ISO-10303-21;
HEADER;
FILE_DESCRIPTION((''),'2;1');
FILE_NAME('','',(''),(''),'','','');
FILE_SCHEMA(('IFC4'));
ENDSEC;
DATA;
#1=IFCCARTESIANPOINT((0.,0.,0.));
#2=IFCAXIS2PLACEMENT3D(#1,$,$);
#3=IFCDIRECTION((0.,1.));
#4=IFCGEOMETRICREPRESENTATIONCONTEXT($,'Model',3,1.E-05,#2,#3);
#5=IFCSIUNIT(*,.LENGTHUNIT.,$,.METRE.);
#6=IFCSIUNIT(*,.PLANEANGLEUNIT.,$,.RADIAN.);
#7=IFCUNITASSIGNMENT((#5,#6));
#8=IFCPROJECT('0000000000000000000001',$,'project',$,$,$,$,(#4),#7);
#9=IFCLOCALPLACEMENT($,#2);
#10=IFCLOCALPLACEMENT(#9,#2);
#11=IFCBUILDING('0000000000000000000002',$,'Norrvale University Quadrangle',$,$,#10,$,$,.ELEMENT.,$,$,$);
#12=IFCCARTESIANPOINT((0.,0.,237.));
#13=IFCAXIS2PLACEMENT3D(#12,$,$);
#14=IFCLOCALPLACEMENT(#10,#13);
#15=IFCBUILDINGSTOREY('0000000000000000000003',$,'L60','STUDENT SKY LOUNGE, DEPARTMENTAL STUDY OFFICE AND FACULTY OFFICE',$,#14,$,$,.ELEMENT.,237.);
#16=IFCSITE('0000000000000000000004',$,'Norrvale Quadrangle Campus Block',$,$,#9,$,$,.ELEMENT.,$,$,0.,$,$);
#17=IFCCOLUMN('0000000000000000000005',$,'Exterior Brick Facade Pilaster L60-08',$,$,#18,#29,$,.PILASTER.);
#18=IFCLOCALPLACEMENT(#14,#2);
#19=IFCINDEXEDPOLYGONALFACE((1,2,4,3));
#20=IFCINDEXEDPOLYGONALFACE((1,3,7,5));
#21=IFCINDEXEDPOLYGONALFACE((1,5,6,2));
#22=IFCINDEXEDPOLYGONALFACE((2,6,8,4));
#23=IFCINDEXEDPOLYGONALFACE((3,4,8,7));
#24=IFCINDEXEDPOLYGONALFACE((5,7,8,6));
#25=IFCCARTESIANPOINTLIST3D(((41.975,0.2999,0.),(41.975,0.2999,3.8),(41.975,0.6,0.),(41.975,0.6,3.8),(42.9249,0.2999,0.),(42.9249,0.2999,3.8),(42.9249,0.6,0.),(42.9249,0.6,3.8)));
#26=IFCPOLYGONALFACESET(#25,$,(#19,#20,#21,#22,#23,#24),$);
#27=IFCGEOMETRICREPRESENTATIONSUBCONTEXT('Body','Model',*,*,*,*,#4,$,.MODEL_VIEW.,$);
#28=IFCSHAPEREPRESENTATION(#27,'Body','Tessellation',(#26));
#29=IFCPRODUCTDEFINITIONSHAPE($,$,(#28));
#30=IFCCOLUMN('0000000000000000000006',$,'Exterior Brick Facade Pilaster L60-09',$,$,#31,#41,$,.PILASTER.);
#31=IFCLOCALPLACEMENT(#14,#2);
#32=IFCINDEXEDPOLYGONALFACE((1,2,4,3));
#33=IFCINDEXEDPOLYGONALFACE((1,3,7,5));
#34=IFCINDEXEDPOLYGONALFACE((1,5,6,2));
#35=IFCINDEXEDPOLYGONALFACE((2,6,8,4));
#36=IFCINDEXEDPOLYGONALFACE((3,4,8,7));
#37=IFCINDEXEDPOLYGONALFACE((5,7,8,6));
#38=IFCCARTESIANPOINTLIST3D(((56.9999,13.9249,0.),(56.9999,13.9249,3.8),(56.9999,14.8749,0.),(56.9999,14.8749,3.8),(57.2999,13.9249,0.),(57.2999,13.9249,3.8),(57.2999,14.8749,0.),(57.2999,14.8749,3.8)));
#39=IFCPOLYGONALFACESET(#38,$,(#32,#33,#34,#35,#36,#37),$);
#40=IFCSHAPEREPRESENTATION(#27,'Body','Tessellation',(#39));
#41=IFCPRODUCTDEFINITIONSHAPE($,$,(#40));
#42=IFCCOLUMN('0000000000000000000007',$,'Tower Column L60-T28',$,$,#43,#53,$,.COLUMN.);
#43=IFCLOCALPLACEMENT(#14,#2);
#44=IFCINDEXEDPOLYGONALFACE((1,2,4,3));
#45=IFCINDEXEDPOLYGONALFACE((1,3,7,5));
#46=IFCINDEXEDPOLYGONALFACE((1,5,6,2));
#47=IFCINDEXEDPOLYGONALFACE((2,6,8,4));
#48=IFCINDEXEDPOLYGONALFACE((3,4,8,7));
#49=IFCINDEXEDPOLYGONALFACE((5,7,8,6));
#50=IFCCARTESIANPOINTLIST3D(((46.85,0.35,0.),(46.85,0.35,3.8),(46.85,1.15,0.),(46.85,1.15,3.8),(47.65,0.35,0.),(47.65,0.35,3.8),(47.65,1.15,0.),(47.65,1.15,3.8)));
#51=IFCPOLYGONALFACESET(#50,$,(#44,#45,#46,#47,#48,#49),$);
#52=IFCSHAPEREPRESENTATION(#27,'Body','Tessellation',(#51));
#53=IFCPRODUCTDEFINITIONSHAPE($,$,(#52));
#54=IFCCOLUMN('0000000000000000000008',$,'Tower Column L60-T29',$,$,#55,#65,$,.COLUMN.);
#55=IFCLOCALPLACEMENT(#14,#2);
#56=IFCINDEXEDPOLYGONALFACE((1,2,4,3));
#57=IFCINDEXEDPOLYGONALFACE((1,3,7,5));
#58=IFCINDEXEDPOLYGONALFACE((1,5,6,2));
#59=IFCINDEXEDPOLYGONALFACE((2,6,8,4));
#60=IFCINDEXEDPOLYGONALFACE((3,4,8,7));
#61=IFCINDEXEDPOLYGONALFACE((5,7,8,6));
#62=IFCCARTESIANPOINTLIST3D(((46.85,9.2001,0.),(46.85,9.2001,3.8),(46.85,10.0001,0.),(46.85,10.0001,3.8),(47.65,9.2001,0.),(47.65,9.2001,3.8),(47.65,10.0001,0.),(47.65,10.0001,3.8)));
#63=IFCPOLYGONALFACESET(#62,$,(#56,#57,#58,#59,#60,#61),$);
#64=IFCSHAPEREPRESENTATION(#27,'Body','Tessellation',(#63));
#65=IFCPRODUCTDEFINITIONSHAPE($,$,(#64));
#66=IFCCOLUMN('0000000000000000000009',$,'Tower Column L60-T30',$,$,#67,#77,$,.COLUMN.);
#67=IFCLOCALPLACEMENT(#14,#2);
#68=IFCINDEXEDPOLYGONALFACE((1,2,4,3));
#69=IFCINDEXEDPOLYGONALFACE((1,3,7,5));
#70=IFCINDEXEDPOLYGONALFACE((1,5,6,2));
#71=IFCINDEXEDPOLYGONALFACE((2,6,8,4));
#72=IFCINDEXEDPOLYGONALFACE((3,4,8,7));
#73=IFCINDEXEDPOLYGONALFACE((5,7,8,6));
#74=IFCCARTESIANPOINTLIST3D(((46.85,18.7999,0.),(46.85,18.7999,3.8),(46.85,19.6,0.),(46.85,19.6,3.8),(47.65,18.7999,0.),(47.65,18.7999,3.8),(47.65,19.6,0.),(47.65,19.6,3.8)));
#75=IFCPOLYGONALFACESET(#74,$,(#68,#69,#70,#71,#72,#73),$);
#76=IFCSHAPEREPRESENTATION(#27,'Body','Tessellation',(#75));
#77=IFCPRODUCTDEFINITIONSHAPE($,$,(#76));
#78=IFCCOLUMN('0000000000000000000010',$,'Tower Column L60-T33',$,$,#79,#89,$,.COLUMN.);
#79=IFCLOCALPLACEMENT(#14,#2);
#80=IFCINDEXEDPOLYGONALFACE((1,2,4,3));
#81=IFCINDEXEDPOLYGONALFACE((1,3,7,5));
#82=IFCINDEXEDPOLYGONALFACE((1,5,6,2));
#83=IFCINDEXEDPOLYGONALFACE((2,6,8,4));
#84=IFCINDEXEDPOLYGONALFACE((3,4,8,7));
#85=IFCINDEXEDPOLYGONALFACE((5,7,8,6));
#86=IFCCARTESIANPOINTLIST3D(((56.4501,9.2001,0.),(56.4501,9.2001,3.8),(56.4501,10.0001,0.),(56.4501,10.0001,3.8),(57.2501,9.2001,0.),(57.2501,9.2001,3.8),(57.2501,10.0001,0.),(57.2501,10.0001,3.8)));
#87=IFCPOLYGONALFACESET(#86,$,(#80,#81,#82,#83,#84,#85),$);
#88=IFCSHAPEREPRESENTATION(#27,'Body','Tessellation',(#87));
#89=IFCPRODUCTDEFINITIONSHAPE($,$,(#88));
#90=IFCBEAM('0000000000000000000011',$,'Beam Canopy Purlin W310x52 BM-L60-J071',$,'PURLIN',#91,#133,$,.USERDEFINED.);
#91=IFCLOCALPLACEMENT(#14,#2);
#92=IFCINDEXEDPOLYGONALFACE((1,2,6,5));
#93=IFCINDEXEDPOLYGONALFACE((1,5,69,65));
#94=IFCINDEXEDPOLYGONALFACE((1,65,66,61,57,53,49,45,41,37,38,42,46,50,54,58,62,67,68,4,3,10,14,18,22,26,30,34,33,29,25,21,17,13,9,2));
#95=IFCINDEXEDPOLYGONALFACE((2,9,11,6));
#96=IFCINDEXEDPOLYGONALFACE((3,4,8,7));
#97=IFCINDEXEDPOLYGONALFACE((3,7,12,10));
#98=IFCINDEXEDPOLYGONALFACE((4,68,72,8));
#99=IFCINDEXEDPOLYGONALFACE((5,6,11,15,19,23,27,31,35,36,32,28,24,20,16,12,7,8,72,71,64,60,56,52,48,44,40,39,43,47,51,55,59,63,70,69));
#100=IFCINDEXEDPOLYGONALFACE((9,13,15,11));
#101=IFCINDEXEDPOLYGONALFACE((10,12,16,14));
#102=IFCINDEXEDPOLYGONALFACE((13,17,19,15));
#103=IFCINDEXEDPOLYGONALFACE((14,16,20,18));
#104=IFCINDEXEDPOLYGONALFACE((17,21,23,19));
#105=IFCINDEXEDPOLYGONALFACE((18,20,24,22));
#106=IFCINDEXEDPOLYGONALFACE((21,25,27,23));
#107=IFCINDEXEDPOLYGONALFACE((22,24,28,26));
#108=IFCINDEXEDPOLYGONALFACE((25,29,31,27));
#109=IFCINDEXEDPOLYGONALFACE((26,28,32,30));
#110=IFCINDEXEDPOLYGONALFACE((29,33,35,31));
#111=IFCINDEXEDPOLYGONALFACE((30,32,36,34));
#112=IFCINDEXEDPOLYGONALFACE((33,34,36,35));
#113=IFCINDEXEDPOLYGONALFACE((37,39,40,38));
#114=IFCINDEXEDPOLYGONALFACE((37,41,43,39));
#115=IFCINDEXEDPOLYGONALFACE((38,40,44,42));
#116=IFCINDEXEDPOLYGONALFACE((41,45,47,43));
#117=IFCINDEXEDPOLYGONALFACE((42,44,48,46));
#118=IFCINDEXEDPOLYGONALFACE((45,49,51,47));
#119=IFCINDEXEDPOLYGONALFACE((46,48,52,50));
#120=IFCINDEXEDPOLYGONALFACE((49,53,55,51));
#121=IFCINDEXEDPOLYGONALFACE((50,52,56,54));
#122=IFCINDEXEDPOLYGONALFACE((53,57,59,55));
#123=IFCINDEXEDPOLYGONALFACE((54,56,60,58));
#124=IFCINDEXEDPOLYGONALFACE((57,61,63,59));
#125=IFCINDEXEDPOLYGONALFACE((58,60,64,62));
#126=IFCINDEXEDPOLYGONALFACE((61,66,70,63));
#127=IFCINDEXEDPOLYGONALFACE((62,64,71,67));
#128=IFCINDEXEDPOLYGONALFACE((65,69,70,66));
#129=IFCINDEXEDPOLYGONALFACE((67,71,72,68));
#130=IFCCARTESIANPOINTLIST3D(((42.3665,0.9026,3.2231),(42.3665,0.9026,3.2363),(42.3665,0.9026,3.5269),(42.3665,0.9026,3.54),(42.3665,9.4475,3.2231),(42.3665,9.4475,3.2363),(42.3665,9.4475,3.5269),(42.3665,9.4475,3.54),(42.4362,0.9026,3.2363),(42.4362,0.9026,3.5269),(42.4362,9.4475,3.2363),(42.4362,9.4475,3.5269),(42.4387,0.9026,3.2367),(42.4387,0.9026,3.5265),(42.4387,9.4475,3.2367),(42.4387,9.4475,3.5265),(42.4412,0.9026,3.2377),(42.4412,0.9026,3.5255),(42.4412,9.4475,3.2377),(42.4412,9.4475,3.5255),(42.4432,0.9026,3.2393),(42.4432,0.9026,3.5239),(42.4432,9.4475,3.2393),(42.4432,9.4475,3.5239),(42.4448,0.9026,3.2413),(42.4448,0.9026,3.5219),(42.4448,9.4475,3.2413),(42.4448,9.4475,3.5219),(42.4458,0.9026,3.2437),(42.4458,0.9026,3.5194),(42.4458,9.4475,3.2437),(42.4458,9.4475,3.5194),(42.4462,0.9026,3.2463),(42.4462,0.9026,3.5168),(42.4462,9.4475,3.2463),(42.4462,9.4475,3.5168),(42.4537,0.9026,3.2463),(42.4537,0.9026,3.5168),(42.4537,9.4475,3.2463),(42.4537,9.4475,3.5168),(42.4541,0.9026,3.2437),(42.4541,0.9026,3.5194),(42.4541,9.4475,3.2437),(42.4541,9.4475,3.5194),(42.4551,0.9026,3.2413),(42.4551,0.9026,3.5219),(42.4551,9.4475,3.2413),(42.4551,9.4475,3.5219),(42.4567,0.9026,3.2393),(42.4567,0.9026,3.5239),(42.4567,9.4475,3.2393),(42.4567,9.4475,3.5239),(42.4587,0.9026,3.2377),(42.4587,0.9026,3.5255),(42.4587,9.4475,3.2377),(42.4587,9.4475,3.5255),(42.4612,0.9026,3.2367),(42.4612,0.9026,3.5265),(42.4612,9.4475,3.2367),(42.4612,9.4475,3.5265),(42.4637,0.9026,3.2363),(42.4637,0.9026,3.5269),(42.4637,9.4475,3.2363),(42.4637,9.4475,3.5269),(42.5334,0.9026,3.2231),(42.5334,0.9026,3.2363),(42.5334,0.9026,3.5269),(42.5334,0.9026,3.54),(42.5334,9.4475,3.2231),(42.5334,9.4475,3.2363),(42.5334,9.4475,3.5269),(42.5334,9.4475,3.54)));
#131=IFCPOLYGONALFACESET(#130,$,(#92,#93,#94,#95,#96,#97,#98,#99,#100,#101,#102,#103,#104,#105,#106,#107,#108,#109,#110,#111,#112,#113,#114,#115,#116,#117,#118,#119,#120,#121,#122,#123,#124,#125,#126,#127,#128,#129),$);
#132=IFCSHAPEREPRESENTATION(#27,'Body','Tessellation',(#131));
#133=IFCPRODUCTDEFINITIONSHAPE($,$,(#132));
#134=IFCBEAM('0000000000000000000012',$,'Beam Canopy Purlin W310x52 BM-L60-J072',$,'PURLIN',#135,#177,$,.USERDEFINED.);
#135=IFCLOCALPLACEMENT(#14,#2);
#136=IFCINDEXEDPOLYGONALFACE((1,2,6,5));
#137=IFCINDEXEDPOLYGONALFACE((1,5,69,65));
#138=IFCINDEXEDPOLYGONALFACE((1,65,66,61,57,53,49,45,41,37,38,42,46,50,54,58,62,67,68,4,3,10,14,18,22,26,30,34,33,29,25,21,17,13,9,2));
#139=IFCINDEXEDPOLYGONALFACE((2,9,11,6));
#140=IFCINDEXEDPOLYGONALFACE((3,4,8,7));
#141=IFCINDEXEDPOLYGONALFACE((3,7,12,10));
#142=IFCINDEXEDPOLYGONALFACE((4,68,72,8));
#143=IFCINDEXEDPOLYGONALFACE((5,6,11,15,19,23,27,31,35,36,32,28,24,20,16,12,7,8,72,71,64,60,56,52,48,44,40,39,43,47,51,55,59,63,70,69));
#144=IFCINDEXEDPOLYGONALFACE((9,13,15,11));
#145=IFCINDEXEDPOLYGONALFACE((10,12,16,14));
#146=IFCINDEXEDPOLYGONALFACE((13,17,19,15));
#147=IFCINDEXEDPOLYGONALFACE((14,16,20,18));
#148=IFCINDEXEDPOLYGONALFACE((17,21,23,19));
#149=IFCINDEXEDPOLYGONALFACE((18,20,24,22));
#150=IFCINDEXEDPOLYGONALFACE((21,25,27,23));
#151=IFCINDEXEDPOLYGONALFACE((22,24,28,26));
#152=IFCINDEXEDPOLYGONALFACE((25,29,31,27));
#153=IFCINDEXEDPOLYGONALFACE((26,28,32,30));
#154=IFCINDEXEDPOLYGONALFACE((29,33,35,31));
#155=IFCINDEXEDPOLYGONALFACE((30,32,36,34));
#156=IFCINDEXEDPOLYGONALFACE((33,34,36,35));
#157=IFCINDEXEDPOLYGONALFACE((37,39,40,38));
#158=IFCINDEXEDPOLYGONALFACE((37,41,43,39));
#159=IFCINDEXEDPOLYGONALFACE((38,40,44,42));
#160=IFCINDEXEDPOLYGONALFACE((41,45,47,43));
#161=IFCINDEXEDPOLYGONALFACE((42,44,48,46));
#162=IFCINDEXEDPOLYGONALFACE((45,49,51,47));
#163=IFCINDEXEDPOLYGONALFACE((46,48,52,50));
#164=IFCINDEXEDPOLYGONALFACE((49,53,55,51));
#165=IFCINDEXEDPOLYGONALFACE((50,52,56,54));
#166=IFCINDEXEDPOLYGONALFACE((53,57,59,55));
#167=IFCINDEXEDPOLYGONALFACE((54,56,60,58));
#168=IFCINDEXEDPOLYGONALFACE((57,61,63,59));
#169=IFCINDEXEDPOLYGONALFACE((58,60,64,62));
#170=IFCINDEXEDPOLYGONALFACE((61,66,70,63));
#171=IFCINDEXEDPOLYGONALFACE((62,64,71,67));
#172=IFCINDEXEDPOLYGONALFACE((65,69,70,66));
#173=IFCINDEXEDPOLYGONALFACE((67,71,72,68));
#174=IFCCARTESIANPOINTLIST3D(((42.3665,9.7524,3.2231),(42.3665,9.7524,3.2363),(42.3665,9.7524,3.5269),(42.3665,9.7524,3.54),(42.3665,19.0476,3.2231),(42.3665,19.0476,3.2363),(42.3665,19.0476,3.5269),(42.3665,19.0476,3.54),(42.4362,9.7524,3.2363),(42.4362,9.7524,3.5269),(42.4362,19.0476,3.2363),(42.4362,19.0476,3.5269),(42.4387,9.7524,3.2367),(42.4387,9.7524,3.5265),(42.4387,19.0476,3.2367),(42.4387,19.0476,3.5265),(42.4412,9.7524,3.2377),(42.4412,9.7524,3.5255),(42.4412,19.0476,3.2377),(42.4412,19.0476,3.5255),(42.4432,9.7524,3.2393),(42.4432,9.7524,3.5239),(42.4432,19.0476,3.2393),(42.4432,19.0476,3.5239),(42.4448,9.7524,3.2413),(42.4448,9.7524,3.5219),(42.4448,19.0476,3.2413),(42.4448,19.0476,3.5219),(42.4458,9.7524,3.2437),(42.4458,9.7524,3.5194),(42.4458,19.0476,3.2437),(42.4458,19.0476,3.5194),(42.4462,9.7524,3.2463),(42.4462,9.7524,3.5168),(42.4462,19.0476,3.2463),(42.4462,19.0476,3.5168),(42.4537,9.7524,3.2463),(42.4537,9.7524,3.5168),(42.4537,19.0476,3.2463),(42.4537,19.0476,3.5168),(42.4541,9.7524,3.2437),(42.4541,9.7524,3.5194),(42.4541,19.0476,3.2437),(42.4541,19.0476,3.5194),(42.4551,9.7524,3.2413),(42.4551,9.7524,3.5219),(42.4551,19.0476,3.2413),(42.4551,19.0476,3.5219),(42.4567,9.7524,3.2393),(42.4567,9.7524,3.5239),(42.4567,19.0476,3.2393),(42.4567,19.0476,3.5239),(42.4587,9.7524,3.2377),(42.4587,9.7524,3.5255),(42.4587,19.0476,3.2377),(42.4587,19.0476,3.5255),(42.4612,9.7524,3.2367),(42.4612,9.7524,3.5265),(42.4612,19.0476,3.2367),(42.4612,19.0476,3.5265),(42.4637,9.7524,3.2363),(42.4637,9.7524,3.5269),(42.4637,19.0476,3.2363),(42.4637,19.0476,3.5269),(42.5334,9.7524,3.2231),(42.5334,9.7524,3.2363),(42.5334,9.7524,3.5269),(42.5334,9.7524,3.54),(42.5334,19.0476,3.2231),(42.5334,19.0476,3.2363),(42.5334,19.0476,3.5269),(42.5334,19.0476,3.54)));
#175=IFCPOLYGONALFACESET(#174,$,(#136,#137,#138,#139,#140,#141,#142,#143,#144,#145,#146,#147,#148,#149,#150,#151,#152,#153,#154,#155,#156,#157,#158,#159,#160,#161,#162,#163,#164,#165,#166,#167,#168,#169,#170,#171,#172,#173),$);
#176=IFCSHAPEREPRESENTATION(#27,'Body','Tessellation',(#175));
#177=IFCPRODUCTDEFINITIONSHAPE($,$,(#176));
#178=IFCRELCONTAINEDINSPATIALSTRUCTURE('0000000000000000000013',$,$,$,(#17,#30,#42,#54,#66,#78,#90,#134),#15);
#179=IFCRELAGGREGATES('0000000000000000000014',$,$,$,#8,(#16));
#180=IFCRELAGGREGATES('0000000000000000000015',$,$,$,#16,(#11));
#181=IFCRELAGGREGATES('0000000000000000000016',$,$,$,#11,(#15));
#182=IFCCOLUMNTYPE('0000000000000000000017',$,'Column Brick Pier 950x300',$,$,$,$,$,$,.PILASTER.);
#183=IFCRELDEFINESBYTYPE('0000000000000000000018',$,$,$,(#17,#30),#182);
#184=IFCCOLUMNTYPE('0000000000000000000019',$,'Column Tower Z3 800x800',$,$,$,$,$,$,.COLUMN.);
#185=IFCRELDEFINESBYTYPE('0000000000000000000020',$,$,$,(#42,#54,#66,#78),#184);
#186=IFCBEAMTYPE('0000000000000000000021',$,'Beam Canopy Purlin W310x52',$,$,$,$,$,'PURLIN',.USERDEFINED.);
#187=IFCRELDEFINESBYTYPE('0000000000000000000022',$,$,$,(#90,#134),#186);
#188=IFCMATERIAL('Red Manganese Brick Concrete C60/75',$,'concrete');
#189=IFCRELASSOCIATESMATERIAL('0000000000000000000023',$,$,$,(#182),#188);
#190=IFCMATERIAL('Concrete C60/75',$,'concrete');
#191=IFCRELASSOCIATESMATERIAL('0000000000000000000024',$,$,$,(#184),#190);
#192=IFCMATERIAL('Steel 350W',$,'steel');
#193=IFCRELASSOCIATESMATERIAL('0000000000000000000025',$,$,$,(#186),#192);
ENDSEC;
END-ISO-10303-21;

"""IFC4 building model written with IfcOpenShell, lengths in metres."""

from ifc_helpers import new_model, si_unit, direction, frame, origin, origin_2d, place, context, subcontext, project, spatial, rectangle, i_section, extrude, material, material_profile, profile_set, type_object, element, save


model = new_model("IFC4")

# Units and contexts
model_context = context("Model", 3, precision=1e-05, world=origin(), true_north=direction((0.0, 1.0)))
body_context = subcontext(model_context, "Body", "Model", "MODEL_VIEW")
ifc_project = project(units=[si_unit("LENGTHUNIT", "METRE"), si_unit("PLANEANGLEUNIT", "RADIAN")], contexts=[model_context])

# Site, building, storey
site_placement = place(None, origin())
site = spatial("IfcSite", under=ifc_project, at=site_placement, Name="Norrvale Quadrangle Campus Block", CompositionType="ELEMENT", RefElevation=0.0)
building_placement = place(site_placement, origin())
building = spatial("IfcBuilding", under=site, at=building_placement, Name="Norrvale University Quadrangle", CompositionType="ELEMENT")
storey_placement = place(building_placement, frame((0.0, 0.0, 237.0)))
storey = spatial("IfcBuildingStorey", under=building, at=storey_placement, Name="L60", Description="STUDENT SKY LOUNGE, DEPARTMENTAL STUDY OFFICE AND FACULTY OFFICE", CompositionType="ELEMENT", Elevation=237.0)

# Columns
ifc_material_1 = material(Name="Red Manganese Brick Concrete C60/75", Category="concrete")
ifc_material_profile_1 = material_profile(ifc_material_1, rectangle(XDim=0.95, YDim=0.3, at=origin_2d()), Name="Red Manganese Brick Concrete C60/75")
ifc_profile_set_1 = profile_set([ifc_material_profile_1], Name="Red Manganese Brick Concrete C60/75")
column_type_1 = type_object("IfcColumnType", Name="Column Brick Pier 950x300", PredefinedType="PILASTER", material=ifc_profile_set_1)
for number, where, z_axis, x_axis, name in (
    (1, (42.45, 0.45, 0.0), (0.0, 0.0, 1.0), (1.0, 0.0, 0.0), "Exterior Brick Facade Pilaster L60-08"),
    (2, (57.1499, 14.3999, 0.0), (0.0, 0.0, 1.0), (0.0, 1.0, 0.0), "Exterior Brick Facade Pilaster L60-09"),
):
    element("IfcColumn", number, at=place(storey_placement, frame(where, z_axis=z_axis, x_axis=x_axis)), inside=storey, type_object=column_type_1, Name=name, PredefinedType="PILASTER", context=body_context, shape_type="SweptSolid", body=[
        extrude(rectangle(XDim=0.95, YDim=0.3, at=origin_2d()), origin(), (0.0, 0.0, 1.0), 3.8),
    ])
ifc_material_2 = material(Name="Concrete C60/75", Category="concrete")
ifc_material_profile_2 = material_profile(ifc_material_2, rectangle(XDim=0.8, YDim=0.8, at=origin_2d()), Name="Concrete C60/75")
ifc_profile_set_2 = profile_set([ifc_material_profile_2], Name="Concrete C60/75")
column_type_2 = type_object("IfcColumnType", Name="Column Tower Z3 800x800", PredefinedType="COLUMN", material=ifc_profile_set_2)
for number, where, z_axis, x_axis, name in (
    (3, (47.25, 0.75, 0.0), (0.0, 0.0, 1.0), (1.0, 0.0, 0.0), "Tower Column L60-T28"),
    (4, (47.25, 9.6001, 0.0), (0.0, 0.0, 1.0), (1.0, 0.0, 0.0), "Tower Column L60-T29"),
    (5, (47.25, 19.2, 0.0), (0.0, 0.0, 1.0), (1.0, 0.0, 0.0), "Tower Column L60-T30"),
    (6, (56.8501, 9.6001, 0.0), (0.0, 0.0, 1.0), (1.0, 0.0, 0.0), "Tower Column L60-T33"),
):
    element("IfcColumn", number, at=place(storey_placement, frame(where, z_axis=z_axis, x_axis=x_axis)), inside=storey, type_object=column_type_2, Name=name, PredefinedType="COLUMN", context=body_context, shape_type="SweptSolid", body=[
        extrude(rectangle(XDim=0.8, YDim=0.8, at=origin_2d()), origin(), (0.0, 0.0, 1.0), 3.8),
    ])

# Beams
ifc_material_3 = material(Name="Steel 350W", Category="steel")
ifc_material_profile_3 = material_profile(ifc_material_3, i_section(OverallWidth=0.167, OverallDepth=0.3169, WebThickness=0.0076, FlangeThickness=0.0132, FilletRadius=0.01, at=origin_2d()), Name="Steel 350W")
ifc_profile_set_3 = profile_set([ifc_material_profile_3], Name="Steel 350W")
beam_type_1 = type_object("IfcBeamType", Name="Beam Canopy Purlin W310x52", ElementType="PURLIN", PredefinedType="USERDEFINED", material=ifc_profile_set_3)
beam_1_placement = place(storey_placement, frame((42.45, 0.9026, 3.3816), z_axis=(0.0, 1.0, 0.0), x_axis=(-1.0, 0.0, 0.0)))
element("IfcBeam", 7, at=beam_1_placement, inside=storey, type_object=beam_type_1, Name="Beam Canopy Purlin W310x52 BM-L60-J071", ObjectType="PURLIN", PredefinedType="USERDEFINED", context=body_context, shape_type="SweptSolid", body=[
    extrude(i_section(OverallWidth=0.167, OverallDepth=0.3169, WebThickness=0.0076, FlangeThickness=0.0132, FilletRadius=0.01, at=origin_2d()), origin(), (0.0, 0.0, 1.0), 8.5449),
])
for number, where, z_axis, x_axis, name in (
    (8, (42.45, 9.7524, 3.3816), (0.0, 1.0, 0.0), (-1.0, 0.0, 0.0), "Beam Canopy Purlin W310x52 BM-L60-J072"),
):
    element("IfcBeam", number, at=place(storey_placement, frame(where, z_axis=z_axis, x_axis=x_axis)), inside=storey, type_object=beam_type_1, Name=name, ObjectType="PURLIN", PredefinedType="USERDEFINED", context=body_context, shape_type="SweptSolid", body=[
        extrude(i_section(OverallWidth=0.167, OverallDepth=0.3169, WebThickness=0.0076, FlangeThickness=0.0132, FilletRadius=0.01, at=origin_2d()), origin(), (0.0, 0.0, 1.0), 9.2952),
    ])

save(model, "model.ifc")
